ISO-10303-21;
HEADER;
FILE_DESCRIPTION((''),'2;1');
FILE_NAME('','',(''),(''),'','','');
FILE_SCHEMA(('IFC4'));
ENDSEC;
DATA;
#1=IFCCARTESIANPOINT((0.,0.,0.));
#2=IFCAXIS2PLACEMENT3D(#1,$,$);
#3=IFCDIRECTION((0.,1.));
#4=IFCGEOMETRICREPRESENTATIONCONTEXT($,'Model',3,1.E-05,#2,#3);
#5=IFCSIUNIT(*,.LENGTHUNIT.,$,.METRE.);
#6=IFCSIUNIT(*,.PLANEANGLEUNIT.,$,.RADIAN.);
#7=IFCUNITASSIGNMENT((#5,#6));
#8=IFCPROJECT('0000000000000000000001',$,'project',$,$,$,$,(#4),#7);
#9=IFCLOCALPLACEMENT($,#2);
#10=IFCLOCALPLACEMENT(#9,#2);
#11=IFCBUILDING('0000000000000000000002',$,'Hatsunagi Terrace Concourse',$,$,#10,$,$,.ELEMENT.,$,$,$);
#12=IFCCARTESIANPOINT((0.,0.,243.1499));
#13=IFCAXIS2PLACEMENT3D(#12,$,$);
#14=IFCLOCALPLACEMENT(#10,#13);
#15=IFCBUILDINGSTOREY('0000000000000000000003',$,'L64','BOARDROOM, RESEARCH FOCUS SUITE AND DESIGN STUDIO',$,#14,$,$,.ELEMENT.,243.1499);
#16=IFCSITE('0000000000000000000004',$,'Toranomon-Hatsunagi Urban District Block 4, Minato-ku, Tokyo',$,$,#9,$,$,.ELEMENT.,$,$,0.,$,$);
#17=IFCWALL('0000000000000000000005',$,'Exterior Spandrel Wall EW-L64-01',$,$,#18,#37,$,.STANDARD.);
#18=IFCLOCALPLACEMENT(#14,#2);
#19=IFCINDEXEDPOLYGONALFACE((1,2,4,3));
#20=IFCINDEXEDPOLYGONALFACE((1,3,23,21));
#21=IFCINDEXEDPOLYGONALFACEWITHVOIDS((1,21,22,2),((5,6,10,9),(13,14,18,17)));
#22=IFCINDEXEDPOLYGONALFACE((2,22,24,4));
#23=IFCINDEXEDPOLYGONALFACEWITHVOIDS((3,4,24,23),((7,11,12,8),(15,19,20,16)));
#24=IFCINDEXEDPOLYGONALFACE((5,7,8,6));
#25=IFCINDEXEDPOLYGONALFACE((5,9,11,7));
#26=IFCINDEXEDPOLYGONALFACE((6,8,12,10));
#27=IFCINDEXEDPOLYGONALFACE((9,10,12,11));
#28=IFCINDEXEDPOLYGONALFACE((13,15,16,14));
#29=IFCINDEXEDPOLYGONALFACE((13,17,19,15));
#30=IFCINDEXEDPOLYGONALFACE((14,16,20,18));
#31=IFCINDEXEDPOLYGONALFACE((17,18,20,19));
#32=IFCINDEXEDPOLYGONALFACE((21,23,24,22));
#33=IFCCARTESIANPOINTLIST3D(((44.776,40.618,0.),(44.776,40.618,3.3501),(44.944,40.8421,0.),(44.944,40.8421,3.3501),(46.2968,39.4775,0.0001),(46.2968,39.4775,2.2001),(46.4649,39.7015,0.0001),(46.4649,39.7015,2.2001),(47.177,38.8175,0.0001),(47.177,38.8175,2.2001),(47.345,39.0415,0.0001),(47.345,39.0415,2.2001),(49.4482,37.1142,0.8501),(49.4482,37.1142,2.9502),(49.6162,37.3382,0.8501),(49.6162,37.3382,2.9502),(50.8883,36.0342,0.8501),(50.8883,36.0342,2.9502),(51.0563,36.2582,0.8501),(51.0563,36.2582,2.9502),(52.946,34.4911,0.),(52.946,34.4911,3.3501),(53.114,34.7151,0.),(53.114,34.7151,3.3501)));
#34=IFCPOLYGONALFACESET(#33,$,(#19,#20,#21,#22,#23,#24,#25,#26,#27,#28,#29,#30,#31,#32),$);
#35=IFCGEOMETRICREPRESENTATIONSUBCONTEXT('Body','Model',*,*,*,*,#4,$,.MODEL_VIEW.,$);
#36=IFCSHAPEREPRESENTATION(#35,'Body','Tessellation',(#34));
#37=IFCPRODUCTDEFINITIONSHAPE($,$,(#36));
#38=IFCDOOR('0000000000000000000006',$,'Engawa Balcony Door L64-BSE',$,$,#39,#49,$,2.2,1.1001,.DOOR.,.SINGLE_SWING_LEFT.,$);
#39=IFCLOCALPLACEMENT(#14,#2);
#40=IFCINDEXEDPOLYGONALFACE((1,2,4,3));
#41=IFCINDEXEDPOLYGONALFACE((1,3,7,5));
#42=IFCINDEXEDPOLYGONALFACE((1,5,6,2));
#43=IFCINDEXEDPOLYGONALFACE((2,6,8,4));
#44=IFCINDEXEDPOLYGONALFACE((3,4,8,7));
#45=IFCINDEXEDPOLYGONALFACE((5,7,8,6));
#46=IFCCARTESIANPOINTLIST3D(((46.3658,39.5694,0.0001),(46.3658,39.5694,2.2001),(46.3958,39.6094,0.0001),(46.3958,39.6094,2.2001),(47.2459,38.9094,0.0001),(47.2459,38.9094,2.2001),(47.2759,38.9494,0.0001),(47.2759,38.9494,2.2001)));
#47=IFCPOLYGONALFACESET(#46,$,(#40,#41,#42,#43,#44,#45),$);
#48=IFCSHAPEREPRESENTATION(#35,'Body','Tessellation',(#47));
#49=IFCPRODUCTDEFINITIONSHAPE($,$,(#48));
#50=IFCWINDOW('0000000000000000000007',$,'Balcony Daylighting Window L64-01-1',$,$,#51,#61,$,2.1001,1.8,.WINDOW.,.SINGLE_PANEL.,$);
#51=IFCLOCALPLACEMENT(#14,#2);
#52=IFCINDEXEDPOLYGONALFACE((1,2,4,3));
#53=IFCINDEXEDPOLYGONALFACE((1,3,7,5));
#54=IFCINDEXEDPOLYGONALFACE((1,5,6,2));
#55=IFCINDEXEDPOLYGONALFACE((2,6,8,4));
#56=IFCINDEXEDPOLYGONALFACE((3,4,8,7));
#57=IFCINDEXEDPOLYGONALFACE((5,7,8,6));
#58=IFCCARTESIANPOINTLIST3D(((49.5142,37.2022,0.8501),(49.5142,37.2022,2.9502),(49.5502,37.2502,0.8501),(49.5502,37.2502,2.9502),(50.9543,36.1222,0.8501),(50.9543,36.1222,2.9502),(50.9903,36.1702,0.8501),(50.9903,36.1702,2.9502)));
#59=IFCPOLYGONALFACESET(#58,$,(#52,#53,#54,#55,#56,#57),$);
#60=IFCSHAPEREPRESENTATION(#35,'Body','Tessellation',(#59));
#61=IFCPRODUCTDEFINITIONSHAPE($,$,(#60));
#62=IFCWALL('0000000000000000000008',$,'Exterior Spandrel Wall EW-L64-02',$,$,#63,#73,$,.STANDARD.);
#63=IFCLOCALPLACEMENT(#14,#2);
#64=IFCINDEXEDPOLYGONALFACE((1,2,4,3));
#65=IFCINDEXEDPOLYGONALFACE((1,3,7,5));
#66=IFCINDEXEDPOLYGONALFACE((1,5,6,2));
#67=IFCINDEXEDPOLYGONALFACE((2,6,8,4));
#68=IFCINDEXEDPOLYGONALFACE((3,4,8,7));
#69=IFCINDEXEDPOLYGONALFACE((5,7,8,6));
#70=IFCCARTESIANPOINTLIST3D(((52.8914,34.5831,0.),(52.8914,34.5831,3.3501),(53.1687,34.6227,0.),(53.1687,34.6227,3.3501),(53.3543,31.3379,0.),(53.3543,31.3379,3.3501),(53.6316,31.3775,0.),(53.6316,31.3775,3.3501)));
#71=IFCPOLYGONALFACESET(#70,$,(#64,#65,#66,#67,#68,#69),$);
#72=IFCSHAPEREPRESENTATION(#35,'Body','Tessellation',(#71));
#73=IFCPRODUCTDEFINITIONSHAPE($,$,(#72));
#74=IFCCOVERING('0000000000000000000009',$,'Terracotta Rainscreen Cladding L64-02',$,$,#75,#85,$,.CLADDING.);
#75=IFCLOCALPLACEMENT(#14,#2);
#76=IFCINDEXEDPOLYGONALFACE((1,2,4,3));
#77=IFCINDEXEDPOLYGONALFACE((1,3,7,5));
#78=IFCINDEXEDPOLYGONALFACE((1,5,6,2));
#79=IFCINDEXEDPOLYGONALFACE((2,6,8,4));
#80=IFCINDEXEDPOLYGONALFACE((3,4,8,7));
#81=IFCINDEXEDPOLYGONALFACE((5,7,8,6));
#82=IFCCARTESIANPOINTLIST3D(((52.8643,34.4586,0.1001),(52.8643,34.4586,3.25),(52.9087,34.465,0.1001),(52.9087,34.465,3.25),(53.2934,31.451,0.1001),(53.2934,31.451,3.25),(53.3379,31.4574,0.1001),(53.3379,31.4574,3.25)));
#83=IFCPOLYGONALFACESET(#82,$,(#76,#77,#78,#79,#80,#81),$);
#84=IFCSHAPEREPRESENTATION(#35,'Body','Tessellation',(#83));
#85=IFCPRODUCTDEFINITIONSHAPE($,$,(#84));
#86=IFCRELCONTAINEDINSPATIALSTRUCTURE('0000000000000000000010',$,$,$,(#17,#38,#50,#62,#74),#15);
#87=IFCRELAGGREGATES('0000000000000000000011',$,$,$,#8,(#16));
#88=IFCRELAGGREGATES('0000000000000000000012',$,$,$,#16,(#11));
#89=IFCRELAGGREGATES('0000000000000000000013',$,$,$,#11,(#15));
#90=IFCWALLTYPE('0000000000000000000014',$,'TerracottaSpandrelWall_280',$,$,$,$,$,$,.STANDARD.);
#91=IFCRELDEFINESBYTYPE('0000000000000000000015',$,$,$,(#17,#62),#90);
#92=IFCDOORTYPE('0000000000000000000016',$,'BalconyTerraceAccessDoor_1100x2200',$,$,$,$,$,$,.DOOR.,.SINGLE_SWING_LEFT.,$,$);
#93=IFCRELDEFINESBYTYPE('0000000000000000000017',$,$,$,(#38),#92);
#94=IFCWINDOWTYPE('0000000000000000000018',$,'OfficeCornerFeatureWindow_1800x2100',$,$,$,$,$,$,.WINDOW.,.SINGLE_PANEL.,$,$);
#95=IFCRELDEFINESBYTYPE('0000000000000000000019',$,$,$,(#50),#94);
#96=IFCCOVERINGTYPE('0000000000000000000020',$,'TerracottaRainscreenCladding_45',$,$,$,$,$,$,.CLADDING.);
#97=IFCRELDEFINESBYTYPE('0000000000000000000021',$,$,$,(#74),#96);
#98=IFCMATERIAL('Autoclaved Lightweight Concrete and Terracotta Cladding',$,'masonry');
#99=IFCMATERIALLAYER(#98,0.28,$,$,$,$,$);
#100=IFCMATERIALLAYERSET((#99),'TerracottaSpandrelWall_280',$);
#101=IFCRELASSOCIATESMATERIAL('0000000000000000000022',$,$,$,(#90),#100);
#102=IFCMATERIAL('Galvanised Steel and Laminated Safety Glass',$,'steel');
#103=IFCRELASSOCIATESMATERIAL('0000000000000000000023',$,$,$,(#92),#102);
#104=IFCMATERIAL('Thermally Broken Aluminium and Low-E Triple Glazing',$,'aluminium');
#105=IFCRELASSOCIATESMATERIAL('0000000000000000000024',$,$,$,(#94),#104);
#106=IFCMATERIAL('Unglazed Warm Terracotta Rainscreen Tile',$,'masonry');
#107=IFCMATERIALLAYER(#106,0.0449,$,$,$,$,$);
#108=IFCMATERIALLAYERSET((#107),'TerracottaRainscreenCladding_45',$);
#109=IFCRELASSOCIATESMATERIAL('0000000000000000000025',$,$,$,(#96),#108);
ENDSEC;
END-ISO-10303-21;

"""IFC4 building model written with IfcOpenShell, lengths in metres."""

from ifc_helpers import new_model, si_unit, direction, frame, frame_2d, origin, origin_2d, place, context, subcontext, project, spatial, rectangle, extrude, material, layer, layer_set, type_object, element, fill, save


model = new_model("IFC4")

# Units and contexts
model_context = context("Model", 3, precision=1e-05, world=origin(), true_north=direction((0.0, 1.0)))
body_context = subcontext(model_context, "Body", "Model", "MODEL_VIEW")
ifc_project = project(units=[si_unit("LENGTHUNIT", "METRE"), si_unit("PLANEANGLEUNIT", "RADIAN")], contexts=[model_context])

# Site, building, storey
site_placement = place(None, origin())
site = spatial("IfcSite", under=ifc_project, at=site_placement, Name="Toranomon-Hatsunagi Urban District Block 4, Minato-ku, Tokyo", CompositionType="ELEMENT", RefElevation=0.0)
building_placement = place(site_placement, origin())
building = spatial("IfcBuilding", under=site, at=building_placement, Name="Hatsunagi Terrace Concourse", CompositionType="ELEMENT")
storey_placement = place(building_placement, frame((0.0, 0.0, 243.1499)))
storey = spatial("IfcBuildingStorey", under=building, at=storey_placement, Name="L64", Description="BOARDROOM, RESEARCH FOCUS SUITE AND DESIGN STUDIO", CompositionType="ELEMENT", Elevation=243.1499)

# Wall, openings, door, window
ifc_material_1 = material(Name="Autoclaved Lightweight Concrete and Terracotta Cladding", Category="masonry")
ifc_layer_1 = layer(ifc_material_1, 0.28)
ifc_layer_set_1 = layer_set([ifc_layer_1], Name="TerracottaSpandrelWall_280")
wall_type_1 = type_object("IfcWallType", Name="TerracottaSpandrelWall_280", PredefinedType="STANDARD", material=ifc_layer_set_1)
wall_1_placement = place(storey_placement, frame((44.8601, 40.73, 0.0), z_axis=(0.0, 0.0, 1.0), x_axis=(0.800023, -0.599969, 0.0)))
wall_1 = element("IfcWall", 1, at=wall_1_placement, inside=storey, type_object=wall_type_1, Name="Exterior Spandrel Wall EW-L64-01", PredefinedType="STANDARD", context=body_context, shape_type="SweptSolid", body=[
    extrude(rectangle(XDim=10.2122, YDim=0.28, at=frame_2d((5.106, 0.0))), origin(), (0.0, 0.0, 1.0), 3.3501),
])
opening_1_placement = place(wall_1_placement, frame((1.9009, 0.0, 0.0)))
opening_1 = element("IfcOpeningElement", 2, at=opening_1_placement, cuts=wall_1, PredefinedType="OPENING", context=body_context, shape_type="SweptSolid", body=[
    extrude(rectangle(XDim=1.1001, YDim=2.2, at=frame_2d((0.55, 1.1001))), frame((0.0, 0.1499, 0.0), z_axis=(0.0, -1.0, 0.0), x_axis=(1.0, 0.0, 0.0)), (0.0, 0.0, 1.0), 0.3),
])
opening_2_placement = place(wall_1_placement, frame((5.8401, 0.0, 0.8501)))
opening_2 = element("IfcOpeningElement", 3, at=opening_2_placement, cuts=wall_1, PredefinedType="OPENING", context=body_context, shape_type="SweptSolid", body=[
    extrude(rectangle(XDim=1.8, YDim=2.1001, at=frame_2d((0.8999, 1.05))), frame((0.0, 0.1499, 0.0), z_axis=(0.0, -1.0, 0.0), x_axis=(1.0, 0.0, 0.0)), (0.0, 0.0, 1.0), 0.3),
])
ifc_material_2 = material(Name="Galvanised Steel and Laminated Safety Glass", Category="steel")
door_type_1 = type_object("IfcDoorType", Name="BalconyTerraceAccessDoor_1100x2200", OperationType="SINGLE_SWING_LEFT", PredefinedType="DOOR", material=ifc_material_2)
door_1_placement = place(opening_1_placement, origin())
door_1 = element("IfcDoor", 4, at=door_1_placement, inside=storey, type_object=door_type_1, Name="Engawa Balcony Door L64-BSE", OperationType="SINGLE_SWING_LEFT", OverallHeight=2.2, OverallWidth=1.1001, PredefinedType="DOOR", context=body_context, shape_type="SweptSolid", body=[
    extrude(rectangle(XDim=1.1001, YDim=2.2, at=frame_2d((0.55, 1.1001))), frame((0.0, 0.0249, 0.0), z_axis=(0.0, -1.0, 0.0), x_axis=(1.0, 0.0, 0.0)), (0.0, 0.0, 1.0), 0.05),
])
fill(opening_1, door_1)
ifc_material_3 = material(Name="Thermally Broken Aluminium and Low-E Triple Glazing", Category="aluminium")
window_type = type_object("IfcWindowType", Name="OfficeCornerFeatureWindow_1800x2100", PartitioningType="SINGLE_PANEL", PredefinedType="WINDOW", material=ifc_material_3)
window_placement = place(opening_2_placement, origin())
window = element("IfcWindow", 5, at=window_placement, inside=storey, type_object=window_type, Name="Balcony Daylighting Window L64-01-1", OverallHeight=2.1001, OverallWidth=1.8, PartitioningType="SINGLE_PANEL", PredefinedType="WINDOW", context=body_context, shape_type="SweptSolid", body=[
    extrude(rectangle(XDim=1.8, YDim=2.1001, at=frame_2d((0.8999, 1.05))), frame((0.0, 0.03, 0.0), z_axis=(0.0, -1.0, 0.0), x_axis=(1.0, 0.0, 0.0)), (0.0, 0.0, 1.0), 0.0601),
])
fill(opening_2, window)

# Wall
wall_2_placement = place(storey_placement, frame((53.03, 34.603, 0.0), z_axis=(0.0, 0.0, 1.0), x_axis=(0.141213, -0.989979, 0.0)))
element("IfcWall", 6, at=wall_2_placement, inside=storey, type_object=wall_type_1, Name="Exterior Spandrel Wall EW-L64-02", PredefinedType="STANDARD", context=body_context, shape_type="SweptSolid", body=[
    extrude(rectangle(XDim=3.2781, YDim=0.28, at=frame_2d((1.6392, 0.0))), origin(), (0.0, 0.0, 1.0), 3.3501),
])

# Covering
ifc_material_4 = material(Name="Unglazed Warm Terracotta Rainscreen Tile", Category="masonry")
ifc_layer_2 = layer(ifc_material_4, 0.0449)
ifc_layer_set_2 = layer_set([ifc_layer_2], Name="TerracottaRainscreenCladding_45")
covering_type = type_object("IfcCoveringType", Name="TerracottaRainscreenCladding_45", PredefinedType="CLADDING", material=ifc_layer_set_2)
covering_placement = place(storey_placement, frame((53.1011, 32.958, 0.1001), z_axis=(0.0, 0.0, 1.0), x_axis=(0.14125, -0.989974, 0.0)))
element("IfcCovering", 7, at=covering_placement, inside=storey, type_object=covering_type, Name="Terracotta Rainscreen Cladding L64-02", PredefinedType="CLADDING", context=body_context, shape_type="SweptSolid", body=[
    extrude(rectangle(XDim=3.0381, YDim=0.0449, at=origin_2d()), origin(), (0.0, 0.0, 1.0), 3.1499),
])

save(model, "model.ifc")
